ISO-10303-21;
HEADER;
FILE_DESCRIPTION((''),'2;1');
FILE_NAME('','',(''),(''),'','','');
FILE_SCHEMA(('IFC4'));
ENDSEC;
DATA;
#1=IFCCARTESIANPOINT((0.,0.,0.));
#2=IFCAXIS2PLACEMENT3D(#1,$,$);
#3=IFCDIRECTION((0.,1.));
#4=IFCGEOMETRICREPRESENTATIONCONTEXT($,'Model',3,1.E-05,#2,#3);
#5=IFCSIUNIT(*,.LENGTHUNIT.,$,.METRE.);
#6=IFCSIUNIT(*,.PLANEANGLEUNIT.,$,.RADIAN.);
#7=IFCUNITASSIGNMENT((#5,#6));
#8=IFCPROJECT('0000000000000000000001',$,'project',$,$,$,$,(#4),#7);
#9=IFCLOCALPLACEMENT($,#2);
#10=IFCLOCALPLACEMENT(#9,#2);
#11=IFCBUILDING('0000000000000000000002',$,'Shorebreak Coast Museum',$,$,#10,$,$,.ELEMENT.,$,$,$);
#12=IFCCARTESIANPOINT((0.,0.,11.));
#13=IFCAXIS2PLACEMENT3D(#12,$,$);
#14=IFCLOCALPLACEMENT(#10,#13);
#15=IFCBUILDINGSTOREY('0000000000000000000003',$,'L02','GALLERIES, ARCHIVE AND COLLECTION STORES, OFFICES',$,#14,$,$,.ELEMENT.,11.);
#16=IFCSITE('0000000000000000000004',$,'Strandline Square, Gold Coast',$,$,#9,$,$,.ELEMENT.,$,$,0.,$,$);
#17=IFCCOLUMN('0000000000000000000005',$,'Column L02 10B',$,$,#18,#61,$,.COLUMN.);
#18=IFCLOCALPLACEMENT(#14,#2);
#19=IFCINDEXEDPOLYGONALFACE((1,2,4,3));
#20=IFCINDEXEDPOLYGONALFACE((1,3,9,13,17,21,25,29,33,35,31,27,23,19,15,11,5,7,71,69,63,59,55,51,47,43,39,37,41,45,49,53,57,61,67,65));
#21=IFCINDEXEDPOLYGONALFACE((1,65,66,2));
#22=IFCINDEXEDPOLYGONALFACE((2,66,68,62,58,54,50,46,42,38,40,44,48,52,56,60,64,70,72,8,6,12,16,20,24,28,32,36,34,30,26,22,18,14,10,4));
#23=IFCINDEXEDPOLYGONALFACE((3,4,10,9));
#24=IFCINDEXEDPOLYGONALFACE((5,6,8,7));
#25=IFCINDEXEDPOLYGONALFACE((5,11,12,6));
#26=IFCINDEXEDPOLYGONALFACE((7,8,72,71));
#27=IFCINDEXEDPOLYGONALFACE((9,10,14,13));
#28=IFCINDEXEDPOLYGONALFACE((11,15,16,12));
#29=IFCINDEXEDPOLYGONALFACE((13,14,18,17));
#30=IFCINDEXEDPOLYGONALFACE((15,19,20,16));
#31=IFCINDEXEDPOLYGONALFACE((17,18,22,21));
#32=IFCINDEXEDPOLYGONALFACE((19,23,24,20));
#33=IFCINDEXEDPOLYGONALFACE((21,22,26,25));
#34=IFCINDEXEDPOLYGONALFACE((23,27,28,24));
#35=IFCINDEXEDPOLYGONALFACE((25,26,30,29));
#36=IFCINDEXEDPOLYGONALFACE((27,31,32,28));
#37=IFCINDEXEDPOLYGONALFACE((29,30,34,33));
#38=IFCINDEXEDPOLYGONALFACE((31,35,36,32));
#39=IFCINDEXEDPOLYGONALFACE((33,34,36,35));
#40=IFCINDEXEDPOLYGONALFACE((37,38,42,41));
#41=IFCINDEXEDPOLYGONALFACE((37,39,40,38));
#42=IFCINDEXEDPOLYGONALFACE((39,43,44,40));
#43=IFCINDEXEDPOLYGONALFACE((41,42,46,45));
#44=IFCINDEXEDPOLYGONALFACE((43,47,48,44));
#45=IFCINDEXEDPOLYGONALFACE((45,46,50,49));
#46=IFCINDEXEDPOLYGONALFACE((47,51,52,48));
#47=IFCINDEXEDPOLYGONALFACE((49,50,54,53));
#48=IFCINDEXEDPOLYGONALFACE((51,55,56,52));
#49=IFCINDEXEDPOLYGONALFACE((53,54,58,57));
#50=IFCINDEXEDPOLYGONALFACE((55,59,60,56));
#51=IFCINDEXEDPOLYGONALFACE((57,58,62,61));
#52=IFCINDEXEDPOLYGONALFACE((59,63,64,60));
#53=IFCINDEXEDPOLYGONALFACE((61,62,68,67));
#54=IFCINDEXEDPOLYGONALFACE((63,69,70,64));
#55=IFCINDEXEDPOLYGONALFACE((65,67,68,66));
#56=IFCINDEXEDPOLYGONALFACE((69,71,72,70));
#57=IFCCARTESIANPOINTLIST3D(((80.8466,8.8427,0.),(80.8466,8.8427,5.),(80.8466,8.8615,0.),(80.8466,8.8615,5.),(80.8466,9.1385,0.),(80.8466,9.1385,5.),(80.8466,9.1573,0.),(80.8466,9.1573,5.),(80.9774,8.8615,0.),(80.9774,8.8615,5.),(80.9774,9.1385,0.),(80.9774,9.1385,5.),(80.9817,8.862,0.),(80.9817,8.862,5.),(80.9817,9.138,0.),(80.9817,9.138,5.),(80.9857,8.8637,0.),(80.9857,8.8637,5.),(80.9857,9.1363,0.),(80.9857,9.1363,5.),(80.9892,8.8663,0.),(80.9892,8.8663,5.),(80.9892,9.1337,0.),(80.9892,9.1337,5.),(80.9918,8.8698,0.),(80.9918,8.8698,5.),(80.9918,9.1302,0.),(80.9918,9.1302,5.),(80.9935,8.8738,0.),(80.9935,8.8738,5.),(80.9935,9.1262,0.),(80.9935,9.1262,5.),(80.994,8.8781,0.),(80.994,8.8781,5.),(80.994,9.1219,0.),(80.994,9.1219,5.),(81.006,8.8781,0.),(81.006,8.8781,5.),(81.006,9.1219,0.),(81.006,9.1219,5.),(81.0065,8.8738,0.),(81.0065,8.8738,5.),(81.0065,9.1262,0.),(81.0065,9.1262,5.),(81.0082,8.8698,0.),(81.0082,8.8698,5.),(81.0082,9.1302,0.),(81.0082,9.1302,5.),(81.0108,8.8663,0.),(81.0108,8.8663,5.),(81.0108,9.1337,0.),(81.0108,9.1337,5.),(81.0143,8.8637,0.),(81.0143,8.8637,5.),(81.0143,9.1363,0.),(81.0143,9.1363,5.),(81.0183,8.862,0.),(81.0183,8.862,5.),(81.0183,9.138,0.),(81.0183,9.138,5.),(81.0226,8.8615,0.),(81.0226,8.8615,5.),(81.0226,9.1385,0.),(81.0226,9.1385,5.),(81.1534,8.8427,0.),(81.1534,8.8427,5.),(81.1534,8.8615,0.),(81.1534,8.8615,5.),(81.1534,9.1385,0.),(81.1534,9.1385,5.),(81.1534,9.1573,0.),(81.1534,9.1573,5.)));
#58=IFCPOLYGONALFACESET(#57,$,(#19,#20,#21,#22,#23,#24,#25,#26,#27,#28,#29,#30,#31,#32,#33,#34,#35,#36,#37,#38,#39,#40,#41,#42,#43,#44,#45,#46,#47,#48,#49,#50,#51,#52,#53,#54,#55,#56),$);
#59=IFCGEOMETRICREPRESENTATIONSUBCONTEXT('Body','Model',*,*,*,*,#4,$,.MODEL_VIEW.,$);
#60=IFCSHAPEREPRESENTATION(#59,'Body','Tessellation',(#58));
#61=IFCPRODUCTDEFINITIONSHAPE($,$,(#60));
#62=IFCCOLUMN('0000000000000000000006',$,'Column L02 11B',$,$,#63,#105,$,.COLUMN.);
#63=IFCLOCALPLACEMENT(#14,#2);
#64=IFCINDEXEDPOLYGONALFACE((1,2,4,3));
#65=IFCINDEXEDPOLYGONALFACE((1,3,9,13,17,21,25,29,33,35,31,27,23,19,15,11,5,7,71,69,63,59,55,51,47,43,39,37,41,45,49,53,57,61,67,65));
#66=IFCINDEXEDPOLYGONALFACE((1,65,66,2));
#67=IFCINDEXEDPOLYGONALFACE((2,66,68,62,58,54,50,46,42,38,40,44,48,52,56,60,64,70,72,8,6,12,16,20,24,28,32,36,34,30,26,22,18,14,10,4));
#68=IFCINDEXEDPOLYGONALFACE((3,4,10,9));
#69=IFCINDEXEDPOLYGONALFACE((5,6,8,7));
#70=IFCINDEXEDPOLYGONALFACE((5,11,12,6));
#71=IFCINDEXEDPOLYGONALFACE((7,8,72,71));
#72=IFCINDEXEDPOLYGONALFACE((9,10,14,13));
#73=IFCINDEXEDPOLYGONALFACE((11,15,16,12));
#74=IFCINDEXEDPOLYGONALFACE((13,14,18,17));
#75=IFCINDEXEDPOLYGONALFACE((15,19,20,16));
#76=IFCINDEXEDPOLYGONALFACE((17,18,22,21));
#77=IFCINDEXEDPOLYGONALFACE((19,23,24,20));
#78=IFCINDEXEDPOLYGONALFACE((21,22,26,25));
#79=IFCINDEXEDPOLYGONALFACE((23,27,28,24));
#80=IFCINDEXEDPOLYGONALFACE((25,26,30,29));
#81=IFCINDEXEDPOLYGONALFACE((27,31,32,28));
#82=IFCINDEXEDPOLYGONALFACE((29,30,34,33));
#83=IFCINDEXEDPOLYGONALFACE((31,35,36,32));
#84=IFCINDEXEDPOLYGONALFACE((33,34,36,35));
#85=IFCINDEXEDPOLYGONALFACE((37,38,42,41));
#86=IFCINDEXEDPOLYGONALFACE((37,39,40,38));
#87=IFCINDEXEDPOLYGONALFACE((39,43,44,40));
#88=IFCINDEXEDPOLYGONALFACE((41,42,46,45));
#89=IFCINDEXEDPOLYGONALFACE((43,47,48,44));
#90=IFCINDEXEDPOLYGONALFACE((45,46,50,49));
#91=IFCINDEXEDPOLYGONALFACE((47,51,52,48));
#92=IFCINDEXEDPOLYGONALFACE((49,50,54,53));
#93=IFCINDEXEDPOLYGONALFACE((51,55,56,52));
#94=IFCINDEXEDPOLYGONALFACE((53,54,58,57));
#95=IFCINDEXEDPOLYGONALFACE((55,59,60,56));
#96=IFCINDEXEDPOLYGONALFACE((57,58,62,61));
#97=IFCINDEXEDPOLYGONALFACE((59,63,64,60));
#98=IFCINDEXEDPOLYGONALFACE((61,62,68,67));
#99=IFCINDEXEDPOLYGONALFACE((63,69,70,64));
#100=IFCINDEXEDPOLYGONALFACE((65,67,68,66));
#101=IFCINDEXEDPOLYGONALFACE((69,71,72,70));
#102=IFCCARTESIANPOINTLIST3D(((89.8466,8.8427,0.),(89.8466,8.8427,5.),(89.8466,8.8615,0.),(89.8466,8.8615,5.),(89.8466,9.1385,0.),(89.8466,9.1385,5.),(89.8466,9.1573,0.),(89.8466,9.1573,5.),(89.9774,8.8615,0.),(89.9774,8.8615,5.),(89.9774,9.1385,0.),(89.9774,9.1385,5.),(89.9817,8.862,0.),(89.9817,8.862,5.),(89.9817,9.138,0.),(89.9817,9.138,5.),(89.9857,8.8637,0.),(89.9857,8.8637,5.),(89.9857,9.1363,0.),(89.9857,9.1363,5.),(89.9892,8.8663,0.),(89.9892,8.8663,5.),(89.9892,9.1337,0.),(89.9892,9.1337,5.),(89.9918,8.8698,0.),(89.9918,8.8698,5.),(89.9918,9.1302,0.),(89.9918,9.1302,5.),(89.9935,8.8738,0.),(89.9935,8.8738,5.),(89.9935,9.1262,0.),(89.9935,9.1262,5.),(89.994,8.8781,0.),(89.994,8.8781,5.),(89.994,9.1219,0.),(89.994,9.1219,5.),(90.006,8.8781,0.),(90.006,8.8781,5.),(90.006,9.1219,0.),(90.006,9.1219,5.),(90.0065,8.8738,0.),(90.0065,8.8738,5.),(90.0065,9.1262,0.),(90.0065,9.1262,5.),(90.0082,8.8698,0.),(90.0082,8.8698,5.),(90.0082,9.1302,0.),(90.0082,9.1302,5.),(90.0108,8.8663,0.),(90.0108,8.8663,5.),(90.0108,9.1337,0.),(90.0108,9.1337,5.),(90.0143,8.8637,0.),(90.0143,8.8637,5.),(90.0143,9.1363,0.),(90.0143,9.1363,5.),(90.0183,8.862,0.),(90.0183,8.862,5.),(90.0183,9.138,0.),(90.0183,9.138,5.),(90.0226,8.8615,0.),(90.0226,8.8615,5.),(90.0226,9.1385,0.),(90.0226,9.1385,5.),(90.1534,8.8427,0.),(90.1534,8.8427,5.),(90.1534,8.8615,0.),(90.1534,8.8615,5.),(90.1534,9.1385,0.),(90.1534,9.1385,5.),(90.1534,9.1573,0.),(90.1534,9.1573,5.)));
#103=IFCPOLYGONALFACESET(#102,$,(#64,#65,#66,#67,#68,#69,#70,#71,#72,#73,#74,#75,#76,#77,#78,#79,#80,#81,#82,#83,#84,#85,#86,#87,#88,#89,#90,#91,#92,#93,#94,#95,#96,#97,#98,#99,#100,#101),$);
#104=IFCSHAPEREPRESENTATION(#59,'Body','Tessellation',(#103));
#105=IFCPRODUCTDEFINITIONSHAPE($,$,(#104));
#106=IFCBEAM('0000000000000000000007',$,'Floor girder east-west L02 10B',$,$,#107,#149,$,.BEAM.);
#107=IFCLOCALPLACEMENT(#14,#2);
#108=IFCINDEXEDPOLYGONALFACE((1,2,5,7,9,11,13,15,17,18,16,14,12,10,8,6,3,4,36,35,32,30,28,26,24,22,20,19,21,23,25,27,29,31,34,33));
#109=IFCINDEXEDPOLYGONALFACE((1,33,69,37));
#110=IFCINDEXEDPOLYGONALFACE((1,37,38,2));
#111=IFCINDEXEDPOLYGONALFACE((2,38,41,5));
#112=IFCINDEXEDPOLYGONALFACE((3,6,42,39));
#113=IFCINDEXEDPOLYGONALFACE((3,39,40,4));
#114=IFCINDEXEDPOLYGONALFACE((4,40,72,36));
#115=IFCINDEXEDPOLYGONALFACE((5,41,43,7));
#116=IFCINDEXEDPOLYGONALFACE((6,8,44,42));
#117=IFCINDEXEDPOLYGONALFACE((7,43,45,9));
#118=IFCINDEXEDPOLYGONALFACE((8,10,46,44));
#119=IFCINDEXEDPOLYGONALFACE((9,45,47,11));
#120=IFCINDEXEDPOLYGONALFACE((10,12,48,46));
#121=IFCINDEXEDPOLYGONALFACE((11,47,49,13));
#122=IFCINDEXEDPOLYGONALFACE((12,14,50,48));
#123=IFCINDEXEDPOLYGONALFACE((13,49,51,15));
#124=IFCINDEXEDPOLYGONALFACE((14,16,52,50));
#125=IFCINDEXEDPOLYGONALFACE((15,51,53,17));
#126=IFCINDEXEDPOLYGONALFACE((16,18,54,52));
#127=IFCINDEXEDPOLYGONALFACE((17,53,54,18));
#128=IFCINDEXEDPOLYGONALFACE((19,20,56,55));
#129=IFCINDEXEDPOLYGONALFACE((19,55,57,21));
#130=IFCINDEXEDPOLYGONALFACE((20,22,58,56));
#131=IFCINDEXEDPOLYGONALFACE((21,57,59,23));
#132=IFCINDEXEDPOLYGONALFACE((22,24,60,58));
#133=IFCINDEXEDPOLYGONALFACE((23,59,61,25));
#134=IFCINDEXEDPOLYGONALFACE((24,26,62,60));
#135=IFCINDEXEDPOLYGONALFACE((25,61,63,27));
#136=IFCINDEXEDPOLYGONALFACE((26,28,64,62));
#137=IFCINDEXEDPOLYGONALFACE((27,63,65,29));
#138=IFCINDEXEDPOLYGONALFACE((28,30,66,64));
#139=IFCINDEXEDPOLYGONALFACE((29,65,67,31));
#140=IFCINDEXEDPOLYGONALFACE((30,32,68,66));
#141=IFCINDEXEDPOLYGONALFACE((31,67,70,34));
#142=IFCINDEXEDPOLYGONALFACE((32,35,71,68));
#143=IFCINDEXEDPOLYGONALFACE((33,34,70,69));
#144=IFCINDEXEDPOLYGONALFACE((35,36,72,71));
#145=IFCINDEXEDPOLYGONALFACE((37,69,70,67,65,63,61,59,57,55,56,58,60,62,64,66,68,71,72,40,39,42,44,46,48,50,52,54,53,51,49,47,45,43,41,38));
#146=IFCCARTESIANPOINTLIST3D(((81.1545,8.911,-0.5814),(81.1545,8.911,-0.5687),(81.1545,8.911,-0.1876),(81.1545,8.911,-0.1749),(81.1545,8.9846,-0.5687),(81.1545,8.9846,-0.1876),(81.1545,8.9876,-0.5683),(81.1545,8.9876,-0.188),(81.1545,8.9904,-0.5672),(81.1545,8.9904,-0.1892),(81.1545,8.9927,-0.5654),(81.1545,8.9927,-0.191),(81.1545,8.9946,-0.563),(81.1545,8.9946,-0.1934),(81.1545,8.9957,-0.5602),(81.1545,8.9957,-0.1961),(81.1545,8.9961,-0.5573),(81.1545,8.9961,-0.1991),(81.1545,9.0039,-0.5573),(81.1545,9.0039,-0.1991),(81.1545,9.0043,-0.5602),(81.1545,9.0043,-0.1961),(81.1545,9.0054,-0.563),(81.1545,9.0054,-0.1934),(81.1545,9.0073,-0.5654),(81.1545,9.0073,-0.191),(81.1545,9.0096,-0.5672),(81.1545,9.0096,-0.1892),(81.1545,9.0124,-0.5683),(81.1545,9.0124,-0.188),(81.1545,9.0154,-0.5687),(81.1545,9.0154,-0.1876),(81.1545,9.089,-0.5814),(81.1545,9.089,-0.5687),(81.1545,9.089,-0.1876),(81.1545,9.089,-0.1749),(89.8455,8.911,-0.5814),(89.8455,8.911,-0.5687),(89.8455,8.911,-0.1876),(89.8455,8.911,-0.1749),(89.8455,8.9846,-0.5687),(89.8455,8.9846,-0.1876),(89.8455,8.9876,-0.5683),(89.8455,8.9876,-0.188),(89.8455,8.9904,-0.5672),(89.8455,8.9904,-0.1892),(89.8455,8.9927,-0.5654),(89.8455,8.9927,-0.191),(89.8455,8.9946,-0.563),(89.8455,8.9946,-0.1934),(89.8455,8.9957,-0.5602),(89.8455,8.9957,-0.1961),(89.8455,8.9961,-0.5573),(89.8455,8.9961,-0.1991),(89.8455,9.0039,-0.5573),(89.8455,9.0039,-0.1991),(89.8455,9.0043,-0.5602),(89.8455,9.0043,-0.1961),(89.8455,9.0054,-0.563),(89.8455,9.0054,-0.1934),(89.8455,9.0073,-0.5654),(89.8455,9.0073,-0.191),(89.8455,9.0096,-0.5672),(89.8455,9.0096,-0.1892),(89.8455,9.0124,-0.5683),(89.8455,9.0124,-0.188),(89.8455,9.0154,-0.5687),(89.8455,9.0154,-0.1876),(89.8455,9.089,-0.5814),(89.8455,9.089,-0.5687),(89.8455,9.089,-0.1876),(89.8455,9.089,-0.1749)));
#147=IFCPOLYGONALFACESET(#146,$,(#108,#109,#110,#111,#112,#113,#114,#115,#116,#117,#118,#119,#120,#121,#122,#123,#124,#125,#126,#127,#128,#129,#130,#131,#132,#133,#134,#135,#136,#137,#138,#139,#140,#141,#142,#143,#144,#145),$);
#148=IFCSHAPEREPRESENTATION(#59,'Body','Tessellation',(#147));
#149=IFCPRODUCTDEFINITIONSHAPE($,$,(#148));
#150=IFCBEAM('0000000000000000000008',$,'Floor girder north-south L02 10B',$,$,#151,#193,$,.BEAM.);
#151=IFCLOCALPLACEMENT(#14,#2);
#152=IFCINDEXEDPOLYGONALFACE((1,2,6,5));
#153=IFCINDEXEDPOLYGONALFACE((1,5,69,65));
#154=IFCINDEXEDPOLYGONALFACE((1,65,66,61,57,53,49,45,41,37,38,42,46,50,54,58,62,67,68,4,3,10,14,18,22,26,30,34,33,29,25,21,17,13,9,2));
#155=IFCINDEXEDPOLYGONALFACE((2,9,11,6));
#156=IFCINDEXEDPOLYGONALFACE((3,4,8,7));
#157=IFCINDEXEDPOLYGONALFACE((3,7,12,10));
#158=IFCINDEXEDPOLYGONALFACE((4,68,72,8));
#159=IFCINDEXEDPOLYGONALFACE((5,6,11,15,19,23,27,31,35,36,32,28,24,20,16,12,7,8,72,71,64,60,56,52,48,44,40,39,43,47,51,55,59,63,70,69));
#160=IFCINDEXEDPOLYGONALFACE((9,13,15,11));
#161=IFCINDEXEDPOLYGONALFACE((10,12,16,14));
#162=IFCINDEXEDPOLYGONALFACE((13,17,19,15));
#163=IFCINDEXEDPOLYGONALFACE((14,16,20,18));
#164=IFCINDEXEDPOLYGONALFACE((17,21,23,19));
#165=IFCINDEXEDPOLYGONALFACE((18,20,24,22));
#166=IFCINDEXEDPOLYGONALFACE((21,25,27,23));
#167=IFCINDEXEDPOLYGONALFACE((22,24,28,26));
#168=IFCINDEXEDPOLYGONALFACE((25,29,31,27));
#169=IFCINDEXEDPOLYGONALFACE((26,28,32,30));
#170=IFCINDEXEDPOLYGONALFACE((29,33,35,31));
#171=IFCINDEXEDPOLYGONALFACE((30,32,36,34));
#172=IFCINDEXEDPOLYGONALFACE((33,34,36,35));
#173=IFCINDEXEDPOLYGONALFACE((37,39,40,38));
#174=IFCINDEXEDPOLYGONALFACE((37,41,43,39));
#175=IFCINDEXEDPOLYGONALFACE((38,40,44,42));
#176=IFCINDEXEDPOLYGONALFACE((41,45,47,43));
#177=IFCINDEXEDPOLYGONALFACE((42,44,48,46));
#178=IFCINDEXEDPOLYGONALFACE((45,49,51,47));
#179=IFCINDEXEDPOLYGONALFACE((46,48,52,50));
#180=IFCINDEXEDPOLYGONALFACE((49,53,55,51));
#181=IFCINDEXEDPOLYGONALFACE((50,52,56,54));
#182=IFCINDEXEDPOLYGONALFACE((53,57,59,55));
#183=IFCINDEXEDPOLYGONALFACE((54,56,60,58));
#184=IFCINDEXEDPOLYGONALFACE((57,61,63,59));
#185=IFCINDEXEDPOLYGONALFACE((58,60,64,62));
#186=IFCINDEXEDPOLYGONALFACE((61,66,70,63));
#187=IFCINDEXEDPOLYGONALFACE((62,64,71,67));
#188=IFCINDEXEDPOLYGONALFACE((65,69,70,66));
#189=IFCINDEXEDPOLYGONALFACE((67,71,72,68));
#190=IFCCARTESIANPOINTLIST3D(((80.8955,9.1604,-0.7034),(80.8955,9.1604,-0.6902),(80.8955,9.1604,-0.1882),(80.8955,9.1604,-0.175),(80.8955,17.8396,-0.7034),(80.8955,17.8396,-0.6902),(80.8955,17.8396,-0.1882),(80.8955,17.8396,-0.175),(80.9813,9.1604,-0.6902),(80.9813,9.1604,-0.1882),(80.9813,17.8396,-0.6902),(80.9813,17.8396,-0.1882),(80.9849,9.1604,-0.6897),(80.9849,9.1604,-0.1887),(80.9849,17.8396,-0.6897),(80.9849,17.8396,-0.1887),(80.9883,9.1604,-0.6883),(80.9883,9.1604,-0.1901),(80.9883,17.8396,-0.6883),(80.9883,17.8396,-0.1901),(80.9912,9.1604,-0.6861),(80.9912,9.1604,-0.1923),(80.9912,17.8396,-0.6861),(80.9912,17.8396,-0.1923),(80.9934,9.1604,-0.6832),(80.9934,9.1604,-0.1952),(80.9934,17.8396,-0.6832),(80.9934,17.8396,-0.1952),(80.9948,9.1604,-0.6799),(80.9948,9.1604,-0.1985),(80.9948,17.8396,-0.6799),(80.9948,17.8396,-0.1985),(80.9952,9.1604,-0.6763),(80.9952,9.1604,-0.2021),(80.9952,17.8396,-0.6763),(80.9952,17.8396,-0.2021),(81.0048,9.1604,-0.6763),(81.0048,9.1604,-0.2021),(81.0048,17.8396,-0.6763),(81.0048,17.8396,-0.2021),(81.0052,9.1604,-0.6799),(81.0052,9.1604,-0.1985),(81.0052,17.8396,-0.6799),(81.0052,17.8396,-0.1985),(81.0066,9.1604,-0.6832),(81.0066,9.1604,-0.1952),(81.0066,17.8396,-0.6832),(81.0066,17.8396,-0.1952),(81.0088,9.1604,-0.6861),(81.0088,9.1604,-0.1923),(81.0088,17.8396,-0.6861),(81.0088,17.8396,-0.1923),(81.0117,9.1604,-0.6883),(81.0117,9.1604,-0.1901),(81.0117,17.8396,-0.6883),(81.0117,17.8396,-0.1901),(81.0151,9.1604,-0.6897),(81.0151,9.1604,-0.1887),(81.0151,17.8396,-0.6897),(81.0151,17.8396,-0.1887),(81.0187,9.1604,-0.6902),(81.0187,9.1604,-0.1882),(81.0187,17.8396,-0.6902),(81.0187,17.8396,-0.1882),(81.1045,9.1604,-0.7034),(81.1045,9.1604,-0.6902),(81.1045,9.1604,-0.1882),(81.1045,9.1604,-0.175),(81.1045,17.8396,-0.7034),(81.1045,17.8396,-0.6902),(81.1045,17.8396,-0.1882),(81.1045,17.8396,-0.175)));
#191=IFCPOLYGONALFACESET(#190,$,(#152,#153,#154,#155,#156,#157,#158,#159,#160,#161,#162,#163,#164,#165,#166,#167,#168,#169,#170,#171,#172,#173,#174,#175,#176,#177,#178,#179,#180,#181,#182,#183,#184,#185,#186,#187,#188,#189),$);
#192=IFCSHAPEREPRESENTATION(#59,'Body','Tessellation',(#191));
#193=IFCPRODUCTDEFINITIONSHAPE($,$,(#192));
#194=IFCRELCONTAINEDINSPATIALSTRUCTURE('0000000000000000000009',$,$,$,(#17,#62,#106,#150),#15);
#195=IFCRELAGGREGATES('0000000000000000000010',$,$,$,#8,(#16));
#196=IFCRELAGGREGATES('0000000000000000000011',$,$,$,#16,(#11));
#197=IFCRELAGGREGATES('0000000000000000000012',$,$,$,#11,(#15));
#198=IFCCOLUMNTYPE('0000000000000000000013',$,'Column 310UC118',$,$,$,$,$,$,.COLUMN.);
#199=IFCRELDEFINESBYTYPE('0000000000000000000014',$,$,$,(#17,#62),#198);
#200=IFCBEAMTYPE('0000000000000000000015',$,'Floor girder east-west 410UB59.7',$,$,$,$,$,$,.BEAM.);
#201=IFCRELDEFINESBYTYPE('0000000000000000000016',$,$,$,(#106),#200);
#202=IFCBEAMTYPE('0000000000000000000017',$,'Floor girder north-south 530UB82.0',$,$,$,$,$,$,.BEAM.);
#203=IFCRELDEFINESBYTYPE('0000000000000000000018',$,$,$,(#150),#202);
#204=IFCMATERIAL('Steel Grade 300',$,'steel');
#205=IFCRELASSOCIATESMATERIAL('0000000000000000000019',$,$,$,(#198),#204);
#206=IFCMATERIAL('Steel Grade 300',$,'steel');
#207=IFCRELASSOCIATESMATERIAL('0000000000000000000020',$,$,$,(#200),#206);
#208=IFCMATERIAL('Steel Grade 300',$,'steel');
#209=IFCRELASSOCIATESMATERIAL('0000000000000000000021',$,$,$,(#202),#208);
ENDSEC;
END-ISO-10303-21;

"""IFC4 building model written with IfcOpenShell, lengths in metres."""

from ifc_helpers import new_model, si_unit, direction, frame, origin, origin_2d, place, context, subcontext, project, spatial, i_section, extrude, material, material_profile, profile_set, type_object, element, save


model = new_model("IFC4")

# Units and contexts
model_context = context("Model", 3, precision=1e-05, world=origin(), true_north=direction((0.0, 1.0)))
body_context = subcontext(model_context, "Body", "Model", "MODEL_VIEW")
ifc_project = project(units=[si_unit("LENGTHUNIT", "METRE"), si_unit("PLANEANGLEUNIT", "RADIAN")], contexts=[model_context])

# Site, building, storey
site_placement = place(None, origin())
site = spatial("IfcSite", under=ifc_project, at=site_placement, Name="Strandline Square, Gold Coast", CompositionType="ELEMENT", RefElevation=0.0)
building_placement = place(site_placement, origin())
building = spatial("IfcBuilding", under=site, at=building_placement, Name="Shorebreak Coast Museum", CompositionType="ELEMENT")
storey_placement = place(building_placement, frame((0.0, 0.0, 11.0)))
storey = spatial("IfcBuildingStorey", under=building, at=storey_placement, Name="L02", Description="GALLERIES, ARCHIVE AND COLLECTION STORES, OFFICES", CompositionType="ELEMENT", Elevation=11.0)

# Columns
ifc_material_1 = material(Name="Steel Grade 300", Category="steel")
ifc_material_profile_1 = material_profile(ifc_material_1, i_section(OverallWidth=0.3069, OverallDepth=0.3147, WebThickness=0.012, FlangeThickness=0.0188, FilletRadius=0.0166, at=origin_2d()), Name="310UC118")
ifc_profile_set_1 = profile_set([ifc_material_profile_1], Name="Steel Grade 300")
column_type = type_object("IfcColumnType", Name="Column 310UC118", PredefinedType="COLUMN", material=ifc_profile_set_1)
for number, where, z_axis, x_axis, name in (
    (1, (81.0, 9.0, 0.0), (0.0, 0.0, 1.0), (1.0, 0.0, 0.0), "Column L02 10B"),
    (2, (90.0, 9.0, 0.0), (0.0, 0.0, 1.0), (1.0, 0.0, 0.0), "Column L02 11B"),
):
    element("IfcColumn", number, at=place(storey_placement, frame(where, z_axis=z_axis, x_axis=x_axis)), inside=storey, type_object=column_type, Name=name, PredefinedType="COLUMN", context=body_context, shape_type="SweptSolid", body=[
        extrude(i_section(OverallWidth=0.3069, OverallDepth=0.3147, WebThickness=0.012, FlangeThickness=0.0188, FilletRadius=0.0166, at=origin_2d()), origin(), (0.0, 0.0, 1.0), 5.0),
    ])

# Beams
ifc_material_2 = material(Name="Steel Grade 300", Category="steel")
ifc_material_profile_2 = material_profile(ifc_material_2, i_section(OverallWidth=0.178, OverallDepth=0.4065, WebThickness=0.0078, FlangeThickness=0.0127, FilletRadius=0.0115, at=origin_2d()), Name="410UB59.7")
ifc_profile_set_2 = profile_set([ifc_material_profile_2], Name="Steel Grade 300")
beam_type_1 = type_object("IfcBeamType", Name="Floor girder east-west 410UB59.7", PredefinedType="BEAM", material=ifc_profile_set_2)
beam_1_placement = place(storey_placement, frame((81.1545, 9.0, -0.3782), z_axis=(1.0, 0.0, 0.0), x_axis=(0.0, 1.0, 0.0)))
element("IfcBeam", 3, at=beam_1_placement, inside=storey, type_object=beam_type_1, Name="Floor girder east-west L02 10B", PredefinedType="BEAM", context=body_context, shape_type="SweptSolid", body=[
    extrude(i_section(OverallWidth=0.178, OverallDepth=0.4065, WebThickness=0.0078, FlangeThickness=0.0127, FilletRadius=0.0115, at=origin_2d()), origin(), (0.0, 0.0, 1.0), 8.6909),
])
ifc_material_3 = material(Name="Steel Grade 300", Category="steel")
ifc_material_profile_3 = material_profile(ifc_material_3, i_section(OverallWidth=0.209, OverallDepth=0.5283, WebThickness=0.0095, FlangeThickness=0.0132, FilletRadius=0.0139, at=origin_2d()), Name="530UB82.0")
ifc_profile_set_3 = profile_set([ifc_material_profile_3], Name="Steel Grade 300")
beam_type_2 = type_object("IfcBeamType", Name="Floor girder north-south 530UB82.0", PredefinedType="BEAM", material=ifc_profile_set_3)
for number, where, z_axis, x_axis, name in (
    (4, (81.0, 9.1604, -0.4392), (0.0, 1.0, 0.0), (-1.0, 0.0, 0.0), "Floor girder north-south L02 10B"),
):
    element("IfcBeam", number, at=place(storey_placement, frame(where, z_axis=z_axis, x_axis=x_axis)), inside=storey, type_object=beam_type_2, Name=name, PredefinedType="BEAM", context=body_context, shape_type="SweptSolid", body=[
        extrude(i_section(OverallWidth=0.209, OverallDepth=0.5283, WebThickness=0.0095, FlangeThickness=0.0132, FilletRadius=0.0139, at=origin_2d()), origin(), (0.0, 0.0, 1.0), 8.6792),
    ])

save(model, "model.ifc")
